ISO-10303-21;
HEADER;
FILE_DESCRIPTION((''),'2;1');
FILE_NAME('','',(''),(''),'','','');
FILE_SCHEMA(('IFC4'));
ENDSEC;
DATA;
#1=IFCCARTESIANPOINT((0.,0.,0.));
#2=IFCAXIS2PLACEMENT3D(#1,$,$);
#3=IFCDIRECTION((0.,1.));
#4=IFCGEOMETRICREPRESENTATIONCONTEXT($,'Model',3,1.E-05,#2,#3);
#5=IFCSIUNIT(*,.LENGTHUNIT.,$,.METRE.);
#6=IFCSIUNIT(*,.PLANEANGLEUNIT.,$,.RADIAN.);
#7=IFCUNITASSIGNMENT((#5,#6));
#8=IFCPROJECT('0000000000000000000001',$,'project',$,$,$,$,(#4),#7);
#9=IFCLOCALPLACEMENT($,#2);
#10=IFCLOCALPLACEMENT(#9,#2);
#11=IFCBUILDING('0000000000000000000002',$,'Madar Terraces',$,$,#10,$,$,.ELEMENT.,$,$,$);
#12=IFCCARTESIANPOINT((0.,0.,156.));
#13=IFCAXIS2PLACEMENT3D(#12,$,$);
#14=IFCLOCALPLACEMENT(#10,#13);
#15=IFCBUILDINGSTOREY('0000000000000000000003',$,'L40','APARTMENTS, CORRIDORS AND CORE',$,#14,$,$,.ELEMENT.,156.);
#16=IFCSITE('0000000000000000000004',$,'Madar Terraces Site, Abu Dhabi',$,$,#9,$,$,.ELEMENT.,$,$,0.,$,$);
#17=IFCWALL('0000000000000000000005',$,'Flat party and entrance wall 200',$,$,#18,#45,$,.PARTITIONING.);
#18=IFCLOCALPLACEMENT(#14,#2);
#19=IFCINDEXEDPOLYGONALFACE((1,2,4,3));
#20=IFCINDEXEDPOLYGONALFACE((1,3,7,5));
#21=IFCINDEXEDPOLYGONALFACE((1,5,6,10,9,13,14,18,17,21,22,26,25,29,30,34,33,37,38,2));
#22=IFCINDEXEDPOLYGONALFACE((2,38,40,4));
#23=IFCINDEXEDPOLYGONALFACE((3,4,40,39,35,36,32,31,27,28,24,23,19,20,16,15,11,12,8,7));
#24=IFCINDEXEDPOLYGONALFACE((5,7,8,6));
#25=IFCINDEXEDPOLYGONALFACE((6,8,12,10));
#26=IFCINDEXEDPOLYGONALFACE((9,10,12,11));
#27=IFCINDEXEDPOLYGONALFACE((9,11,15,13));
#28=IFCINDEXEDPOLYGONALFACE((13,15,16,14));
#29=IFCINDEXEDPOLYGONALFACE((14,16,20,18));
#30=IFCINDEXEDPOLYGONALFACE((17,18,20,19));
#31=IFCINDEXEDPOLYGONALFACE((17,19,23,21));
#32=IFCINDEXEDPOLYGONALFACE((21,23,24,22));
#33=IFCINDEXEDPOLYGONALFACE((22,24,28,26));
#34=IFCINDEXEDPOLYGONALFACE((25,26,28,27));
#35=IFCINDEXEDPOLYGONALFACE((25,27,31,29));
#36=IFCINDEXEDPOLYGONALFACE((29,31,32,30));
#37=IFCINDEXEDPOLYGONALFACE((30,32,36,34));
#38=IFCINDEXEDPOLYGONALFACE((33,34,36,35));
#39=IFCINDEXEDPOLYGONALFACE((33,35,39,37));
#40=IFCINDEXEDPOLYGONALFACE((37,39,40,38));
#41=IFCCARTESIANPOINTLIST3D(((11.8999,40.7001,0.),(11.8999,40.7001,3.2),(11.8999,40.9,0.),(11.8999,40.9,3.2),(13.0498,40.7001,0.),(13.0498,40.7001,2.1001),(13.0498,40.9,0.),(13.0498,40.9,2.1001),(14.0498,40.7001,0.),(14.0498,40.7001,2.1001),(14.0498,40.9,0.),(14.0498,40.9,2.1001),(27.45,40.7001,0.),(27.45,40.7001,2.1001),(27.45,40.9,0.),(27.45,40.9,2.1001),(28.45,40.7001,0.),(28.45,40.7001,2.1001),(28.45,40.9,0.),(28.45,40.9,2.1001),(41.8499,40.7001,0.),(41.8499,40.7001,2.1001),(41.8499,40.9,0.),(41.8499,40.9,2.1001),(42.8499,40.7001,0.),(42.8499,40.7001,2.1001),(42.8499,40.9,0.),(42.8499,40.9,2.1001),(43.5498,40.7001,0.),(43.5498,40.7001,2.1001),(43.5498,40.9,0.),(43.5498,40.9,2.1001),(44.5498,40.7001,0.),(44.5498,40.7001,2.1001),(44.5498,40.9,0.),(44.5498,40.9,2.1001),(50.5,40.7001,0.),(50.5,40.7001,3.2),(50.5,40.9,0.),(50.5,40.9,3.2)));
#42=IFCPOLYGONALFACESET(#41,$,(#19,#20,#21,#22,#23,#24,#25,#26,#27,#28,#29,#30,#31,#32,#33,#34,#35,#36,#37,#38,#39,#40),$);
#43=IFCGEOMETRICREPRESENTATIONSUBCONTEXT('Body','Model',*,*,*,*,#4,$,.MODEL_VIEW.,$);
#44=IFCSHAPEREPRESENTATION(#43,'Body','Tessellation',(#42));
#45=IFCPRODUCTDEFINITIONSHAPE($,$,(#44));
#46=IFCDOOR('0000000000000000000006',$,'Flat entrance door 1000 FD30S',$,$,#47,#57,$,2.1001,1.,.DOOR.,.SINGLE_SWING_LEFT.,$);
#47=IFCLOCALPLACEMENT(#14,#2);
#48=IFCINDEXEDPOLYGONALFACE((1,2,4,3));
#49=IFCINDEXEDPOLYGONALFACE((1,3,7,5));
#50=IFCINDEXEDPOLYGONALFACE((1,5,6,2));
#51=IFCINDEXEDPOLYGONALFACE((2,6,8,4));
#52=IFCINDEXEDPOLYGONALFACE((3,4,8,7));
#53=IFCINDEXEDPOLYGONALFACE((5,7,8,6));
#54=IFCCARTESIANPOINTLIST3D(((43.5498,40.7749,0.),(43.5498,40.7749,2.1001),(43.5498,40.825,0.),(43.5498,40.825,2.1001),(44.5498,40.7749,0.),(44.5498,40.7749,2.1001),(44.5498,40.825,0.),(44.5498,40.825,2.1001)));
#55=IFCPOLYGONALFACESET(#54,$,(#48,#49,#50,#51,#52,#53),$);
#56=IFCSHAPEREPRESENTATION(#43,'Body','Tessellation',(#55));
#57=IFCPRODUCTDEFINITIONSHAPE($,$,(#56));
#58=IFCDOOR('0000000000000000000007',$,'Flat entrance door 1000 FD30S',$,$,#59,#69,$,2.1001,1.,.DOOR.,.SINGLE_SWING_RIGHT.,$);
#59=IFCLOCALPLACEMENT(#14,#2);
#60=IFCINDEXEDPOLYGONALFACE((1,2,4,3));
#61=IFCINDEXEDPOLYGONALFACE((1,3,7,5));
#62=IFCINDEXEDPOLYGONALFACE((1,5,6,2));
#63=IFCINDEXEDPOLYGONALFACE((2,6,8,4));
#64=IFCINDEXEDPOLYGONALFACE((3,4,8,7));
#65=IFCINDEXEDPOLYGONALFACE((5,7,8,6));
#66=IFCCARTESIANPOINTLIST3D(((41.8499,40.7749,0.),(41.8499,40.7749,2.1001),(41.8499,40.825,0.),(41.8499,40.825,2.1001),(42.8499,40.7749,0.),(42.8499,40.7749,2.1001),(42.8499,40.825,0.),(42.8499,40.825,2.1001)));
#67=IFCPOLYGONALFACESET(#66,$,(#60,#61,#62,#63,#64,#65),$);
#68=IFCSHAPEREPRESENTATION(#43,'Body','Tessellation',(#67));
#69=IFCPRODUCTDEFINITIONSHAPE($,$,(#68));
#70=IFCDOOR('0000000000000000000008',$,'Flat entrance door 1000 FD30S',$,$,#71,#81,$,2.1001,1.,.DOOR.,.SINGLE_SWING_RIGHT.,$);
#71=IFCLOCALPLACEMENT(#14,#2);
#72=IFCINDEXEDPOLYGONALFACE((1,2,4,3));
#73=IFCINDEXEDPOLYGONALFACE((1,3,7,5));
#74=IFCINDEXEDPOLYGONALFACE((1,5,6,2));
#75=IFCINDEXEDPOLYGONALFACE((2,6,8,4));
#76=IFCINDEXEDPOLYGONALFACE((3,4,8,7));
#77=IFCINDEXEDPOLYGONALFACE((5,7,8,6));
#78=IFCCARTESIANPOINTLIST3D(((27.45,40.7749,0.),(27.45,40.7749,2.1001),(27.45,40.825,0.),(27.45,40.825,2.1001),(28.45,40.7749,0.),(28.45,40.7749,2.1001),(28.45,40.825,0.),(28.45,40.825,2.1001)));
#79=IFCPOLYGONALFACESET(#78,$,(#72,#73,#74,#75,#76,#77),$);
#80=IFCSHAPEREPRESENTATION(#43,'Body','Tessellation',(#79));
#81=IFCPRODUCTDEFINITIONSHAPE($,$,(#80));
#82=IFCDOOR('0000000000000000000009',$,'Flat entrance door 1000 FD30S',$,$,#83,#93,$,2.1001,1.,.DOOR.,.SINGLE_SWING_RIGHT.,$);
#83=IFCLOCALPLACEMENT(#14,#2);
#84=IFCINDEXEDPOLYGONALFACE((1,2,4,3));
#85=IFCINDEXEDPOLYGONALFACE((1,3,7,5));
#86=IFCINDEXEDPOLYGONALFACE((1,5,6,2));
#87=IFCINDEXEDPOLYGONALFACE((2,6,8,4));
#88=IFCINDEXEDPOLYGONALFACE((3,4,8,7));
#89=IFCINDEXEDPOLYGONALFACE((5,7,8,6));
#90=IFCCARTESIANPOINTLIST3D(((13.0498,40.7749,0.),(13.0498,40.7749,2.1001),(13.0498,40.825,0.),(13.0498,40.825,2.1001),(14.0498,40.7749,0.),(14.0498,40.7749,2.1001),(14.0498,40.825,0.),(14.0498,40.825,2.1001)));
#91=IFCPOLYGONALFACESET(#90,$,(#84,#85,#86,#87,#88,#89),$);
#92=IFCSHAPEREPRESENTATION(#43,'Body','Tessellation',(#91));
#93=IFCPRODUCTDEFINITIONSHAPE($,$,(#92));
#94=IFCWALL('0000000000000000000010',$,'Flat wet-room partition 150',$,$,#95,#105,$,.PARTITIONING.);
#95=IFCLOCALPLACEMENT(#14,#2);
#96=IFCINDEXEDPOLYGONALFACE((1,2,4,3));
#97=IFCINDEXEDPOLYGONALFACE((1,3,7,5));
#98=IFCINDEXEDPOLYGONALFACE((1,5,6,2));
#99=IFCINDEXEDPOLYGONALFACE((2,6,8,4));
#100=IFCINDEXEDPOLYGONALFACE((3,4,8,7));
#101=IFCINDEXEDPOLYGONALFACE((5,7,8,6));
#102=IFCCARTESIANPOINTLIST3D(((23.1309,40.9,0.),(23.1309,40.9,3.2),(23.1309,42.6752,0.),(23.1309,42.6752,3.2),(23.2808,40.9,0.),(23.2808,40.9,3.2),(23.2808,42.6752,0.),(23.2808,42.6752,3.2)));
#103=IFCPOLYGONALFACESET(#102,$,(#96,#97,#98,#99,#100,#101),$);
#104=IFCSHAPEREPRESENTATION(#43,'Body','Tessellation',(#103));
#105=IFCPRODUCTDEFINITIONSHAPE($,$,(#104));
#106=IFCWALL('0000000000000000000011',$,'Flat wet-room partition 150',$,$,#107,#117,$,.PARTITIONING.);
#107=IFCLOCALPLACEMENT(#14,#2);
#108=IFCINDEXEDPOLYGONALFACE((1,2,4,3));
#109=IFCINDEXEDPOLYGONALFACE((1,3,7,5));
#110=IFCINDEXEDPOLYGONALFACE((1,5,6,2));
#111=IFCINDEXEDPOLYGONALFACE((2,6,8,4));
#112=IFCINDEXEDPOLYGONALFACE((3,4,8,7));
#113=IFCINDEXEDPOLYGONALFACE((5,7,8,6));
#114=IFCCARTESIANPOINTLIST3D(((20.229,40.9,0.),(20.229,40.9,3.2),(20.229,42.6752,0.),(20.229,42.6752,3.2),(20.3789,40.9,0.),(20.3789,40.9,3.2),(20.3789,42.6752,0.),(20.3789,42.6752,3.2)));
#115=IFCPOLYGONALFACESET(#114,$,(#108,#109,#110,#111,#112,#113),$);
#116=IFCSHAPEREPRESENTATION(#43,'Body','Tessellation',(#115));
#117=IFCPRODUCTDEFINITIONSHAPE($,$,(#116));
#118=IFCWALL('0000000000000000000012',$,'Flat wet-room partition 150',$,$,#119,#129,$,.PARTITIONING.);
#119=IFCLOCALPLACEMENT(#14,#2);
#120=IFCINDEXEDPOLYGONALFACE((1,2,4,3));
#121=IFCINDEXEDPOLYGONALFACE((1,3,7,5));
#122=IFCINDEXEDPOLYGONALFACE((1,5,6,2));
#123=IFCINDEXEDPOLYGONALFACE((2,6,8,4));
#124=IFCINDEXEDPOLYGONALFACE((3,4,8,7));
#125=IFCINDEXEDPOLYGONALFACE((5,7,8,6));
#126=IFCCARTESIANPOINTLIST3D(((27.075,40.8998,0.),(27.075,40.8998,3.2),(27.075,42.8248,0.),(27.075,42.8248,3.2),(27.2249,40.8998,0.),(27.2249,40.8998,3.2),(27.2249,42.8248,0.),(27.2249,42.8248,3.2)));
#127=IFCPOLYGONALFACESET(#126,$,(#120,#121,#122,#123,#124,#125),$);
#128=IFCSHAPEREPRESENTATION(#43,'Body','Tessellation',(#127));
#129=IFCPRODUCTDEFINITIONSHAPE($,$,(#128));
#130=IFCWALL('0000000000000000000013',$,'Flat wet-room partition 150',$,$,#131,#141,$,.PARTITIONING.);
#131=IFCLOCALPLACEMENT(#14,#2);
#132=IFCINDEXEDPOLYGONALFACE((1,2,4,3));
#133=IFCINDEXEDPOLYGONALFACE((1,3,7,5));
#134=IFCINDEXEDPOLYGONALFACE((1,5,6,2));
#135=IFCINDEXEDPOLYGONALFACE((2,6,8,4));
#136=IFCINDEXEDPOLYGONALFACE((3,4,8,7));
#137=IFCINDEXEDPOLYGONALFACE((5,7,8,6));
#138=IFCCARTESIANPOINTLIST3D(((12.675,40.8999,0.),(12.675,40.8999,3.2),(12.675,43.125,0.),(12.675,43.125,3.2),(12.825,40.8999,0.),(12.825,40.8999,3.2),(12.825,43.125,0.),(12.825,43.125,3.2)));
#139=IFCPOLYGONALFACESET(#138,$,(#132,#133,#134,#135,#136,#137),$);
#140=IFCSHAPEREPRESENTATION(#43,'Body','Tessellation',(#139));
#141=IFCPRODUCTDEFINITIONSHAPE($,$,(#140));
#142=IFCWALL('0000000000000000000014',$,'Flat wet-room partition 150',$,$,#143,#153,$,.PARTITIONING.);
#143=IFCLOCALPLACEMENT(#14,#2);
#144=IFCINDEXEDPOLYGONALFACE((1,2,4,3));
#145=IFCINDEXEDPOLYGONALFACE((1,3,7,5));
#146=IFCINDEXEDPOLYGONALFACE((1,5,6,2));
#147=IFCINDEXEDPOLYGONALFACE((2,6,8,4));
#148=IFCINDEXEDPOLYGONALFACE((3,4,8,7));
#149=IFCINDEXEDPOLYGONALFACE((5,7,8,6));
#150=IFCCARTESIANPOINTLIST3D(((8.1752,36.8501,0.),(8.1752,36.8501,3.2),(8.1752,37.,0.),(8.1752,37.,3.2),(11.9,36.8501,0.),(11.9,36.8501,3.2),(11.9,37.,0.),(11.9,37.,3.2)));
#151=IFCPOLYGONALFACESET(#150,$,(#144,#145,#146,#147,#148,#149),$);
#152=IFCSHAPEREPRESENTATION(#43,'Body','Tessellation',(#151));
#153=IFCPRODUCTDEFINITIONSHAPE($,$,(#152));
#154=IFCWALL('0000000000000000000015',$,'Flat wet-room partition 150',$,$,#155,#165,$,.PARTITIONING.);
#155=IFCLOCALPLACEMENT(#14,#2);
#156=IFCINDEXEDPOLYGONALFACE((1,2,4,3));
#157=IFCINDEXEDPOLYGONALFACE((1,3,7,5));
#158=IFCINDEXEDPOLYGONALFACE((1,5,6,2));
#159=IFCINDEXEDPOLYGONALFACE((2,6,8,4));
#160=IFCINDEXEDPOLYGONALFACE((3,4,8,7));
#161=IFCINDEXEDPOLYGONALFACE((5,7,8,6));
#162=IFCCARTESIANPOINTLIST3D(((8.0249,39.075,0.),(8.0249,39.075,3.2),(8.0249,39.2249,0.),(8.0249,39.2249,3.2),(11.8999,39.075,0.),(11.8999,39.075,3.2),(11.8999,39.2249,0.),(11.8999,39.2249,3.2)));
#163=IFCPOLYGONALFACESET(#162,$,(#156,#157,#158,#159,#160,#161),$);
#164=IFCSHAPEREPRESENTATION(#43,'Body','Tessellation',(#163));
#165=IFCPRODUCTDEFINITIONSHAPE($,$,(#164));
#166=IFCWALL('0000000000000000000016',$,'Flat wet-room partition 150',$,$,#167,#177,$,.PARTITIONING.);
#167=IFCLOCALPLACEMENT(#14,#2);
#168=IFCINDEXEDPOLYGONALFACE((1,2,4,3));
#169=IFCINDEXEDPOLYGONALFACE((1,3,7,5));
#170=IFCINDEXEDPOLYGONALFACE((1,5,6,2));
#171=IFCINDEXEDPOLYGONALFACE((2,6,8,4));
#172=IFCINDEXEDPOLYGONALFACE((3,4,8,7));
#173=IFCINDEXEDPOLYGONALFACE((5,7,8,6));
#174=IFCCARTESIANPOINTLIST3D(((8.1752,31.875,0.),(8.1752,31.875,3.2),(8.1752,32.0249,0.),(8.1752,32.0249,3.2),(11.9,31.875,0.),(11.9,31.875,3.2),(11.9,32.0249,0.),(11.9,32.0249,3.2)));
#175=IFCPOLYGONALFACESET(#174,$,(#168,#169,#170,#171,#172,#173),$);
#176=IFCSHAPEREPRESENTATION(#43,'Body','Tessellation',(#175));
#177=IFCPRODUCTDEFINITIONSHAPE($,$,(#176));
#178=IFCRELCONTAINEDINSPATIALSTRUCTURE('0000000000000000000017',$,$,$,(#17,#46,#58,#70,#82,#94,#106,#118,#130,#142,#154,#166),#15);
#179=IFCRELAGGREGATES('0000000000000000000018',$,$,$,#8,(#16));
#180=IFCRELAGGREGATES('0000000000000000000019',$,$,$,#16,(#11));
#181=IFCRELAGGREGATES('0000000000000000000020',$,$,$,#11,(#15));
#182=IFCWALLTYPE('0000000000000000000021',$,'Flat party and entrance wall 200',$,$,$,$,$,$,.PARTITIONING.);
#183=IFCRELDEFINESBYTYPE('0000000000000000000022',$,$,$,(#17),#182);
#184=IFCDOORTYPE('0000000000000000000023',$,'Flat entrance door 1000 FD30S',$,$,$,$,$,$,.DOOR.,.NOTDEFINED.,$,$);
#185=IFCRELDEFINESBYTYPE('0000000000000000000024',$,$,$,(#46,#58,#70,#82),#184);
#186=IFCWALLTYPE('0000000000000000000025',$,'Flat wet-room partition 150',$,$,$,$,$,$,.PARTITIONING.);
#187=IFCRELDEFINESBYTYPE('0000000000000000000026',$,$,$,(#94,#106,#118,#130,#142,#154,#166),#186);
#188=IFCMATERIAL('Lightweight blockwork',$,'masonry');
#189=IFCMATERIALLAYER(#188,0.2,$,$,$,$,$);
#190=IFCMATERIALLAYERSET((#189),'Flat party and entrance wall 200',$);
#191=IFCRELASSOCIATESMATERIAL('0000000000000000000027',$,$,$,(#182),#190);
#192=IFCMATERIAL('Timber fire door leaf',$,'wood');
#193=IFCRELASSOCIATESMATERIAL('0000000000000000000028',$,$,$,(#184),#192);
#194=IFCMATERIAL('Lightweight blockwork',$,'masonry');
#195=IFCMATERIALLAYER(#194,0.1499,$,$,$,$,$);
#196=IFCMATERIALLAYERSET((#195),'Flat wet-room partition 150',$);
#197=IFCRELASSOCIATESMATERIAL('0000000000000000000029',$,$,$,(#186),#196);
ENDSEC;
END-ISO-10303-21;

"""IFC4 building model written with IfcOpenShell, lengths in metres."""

from ifc_helpers import new_model, si_unit, direction, frame, frame_2d, origin, place, context, subcontext, project, spatial, rectangle, extrude, material, layer, layer_set, type_object, element, fill, save


model = new_model("IFC4")

# Units and contexts
model_context = context("Model", 3, precision=1e-05, world=origin(), true_north=direction((0.0, 1.0)))
body_context = subcontext(model_context, "Body", "Model", "MODEL_VIEW")
ifc_project = project(units=[si_unit("LENGTHUNIT", "METRE"), si_unit("PLANEANGLEUNIT", "RADIAN")], contexts=[model_context])

# Site, building, storey
site_placement = place(None, origin())
site = spatial("IfcSite", under=ifc_project, at=site_placement, Name="Madar Terraces Site, Abu Dhabi", CompositionType="ELEMENT", RefElevation=0.0)
building_placement = place(site_placement, origin())
building = spatial("IfcBuilding", under=site, at=building_placement, Name="Madar Terraces", CompositionType="ELEMENT")
storey_placement = place(building_placement, frame((0.0, 0.0, 156.0)))
storey = spatial("IfcBuildingStorey", under=building, at=storey_placement, Name="L40", Description="APARTMENTS, CORRIDORS AND CORE", CompositionType="ELEMENT", Elevation=156.0)

# Wall, openings, doors
ifc_material_1 = material(Name="Lightweight blockwork", Category="masonry")
ifc_layer_1 = layer(ifc_material_1, 0.2)
ifc_layer_set_1 = layer_set([ifc_layer_1], Name="Flat party and entrance wall 200")
wall_type_1 = type_object("IfcWallType", Name="Flat party and entrance wall 200", PredefinedType="PARTITIONING", material=ifc_layer_set_1)
wall_1_placement = place(storey_placement, frame((11.8999, 40.8, 0.0), z_axis=(0.0, 0.0, 1.0), x_axis=(1.0, 0.0, 0.0)))
wall_1 = element("IfcWall", 1, at=wall_1_placement, inside=storey, type_object=wall_type_1, Name="Flat party and entrance wall 200", PredefinedType="PARTITIONING", context=body_context, shape_type="SweptSolid", body=[
    extrude(rectangle(XDim=38.6001, YDim=0.2, at=frame_2d((19.3, 0.0))), origin(), (0.0, 0.0, 1.0), 3.2),
])
opening_1_placement = place(wall_1_placement, frame((31.6499, 0.0, 0.0)))
opening_1 = element("IfcOpeningElement", 2, at=opening_1_placement, cuts=wall_1, PredefinedType="OPENING", context=body_context, shape_type="SweptSolid", body=[
    extrude(rectangle(XDim=1.0, YDim=2.1001, at=frame_2d((0.5, 1.05))), frame((0.0, 0.1099, 0.0), z_axis=(0.0, -1.0, 0.0), x_axis=(1.0, 0.0, 0.0)), (0.0, 0.0, 1.0), 0.22),
])
opening_2_placement = place(wall_1_placement, frame((29.95, 0.0, 0.0)))
opening_2 = element("IfcOpeningElement", 3, at=opening_2_placement, cuts=wall_1, PredefinedType="OPENING", context=body_context, shape_type="SweptSolid", body=[
    extrude(rectangle(XDim=1.0, YDim=2.1001, at=frame_2d((0.5, 1.05))), frame((0.0, 0.1099, 0.0), z_axis=(0.0, -1.0, 0.0), x_axis=(1.0, 0.0, 0.0)), (0.0, 0.0, 1.0), 0.22),
])
opening_3_placement = place(wall_1_placement, frame((15.55, 0.0, 0.0)))
opening_3 = element("IfcOpeningElement", 4, at=opening_3_placement, cuts=wall_1, PredefinedType="OPENING", context=body_context, shape_type="SweptSolid", body=[
    extrude(rectangle(XDim=1.0, YDim=2.1001, at=frame_2d((0.5, 1.05))), frame((0.0, 0.1099, 0.0), z_axis=(0.0, -1.0, 0.0), x_axis=(1.0, 0.0, 0.0)), (0.0, 0.0, 1.0), 0.22),
])
opening_4_placement = place(wall_1_placement, frame((1.1499, 0.0, 0.0)))
opening_4 = element("IfcOpeningElement", 5, at=opening_4_placement, cuts=wall_1, PredefinedType="OPENING", context=body_context, shape_type="SweptSolid", body=[
    extrude(rectangle(XDim=1.0, YDim=2.1001, at=frame_2d((0.5, 1.05))), frame((0.0, 0.1099, 0.0), z_axis=(0.0, -1.0, 0.0), x_axis=(1.0, 0.0, 0.0)), (0.0, 0.0, 1.0), 0.22),
])
ifc_material_2 = material(Name="Timber fire door leaf", Category="wood")
door_type_1 = type_object("IfcDoorType", Name="Flat entrance door 1000 FD30S", OperationType="NOTDEFINED", PredefinedType="DOOR", material=ifc_material_2)
door_1_placement = place(opening_1_placement, origin())
door_1 = element("IfcDoor", 6, at=door_1_placement, inside=storey, type_object=door_type_1, Name="Flat entrance door 1000 FD30S", OperationType="SINGLE_SWING_LEFT", OverallHeight=2.1001, OverallWidth=1.0, PredefinedType="DOOR", context=body_context, shape_type="SweptSolid", body=[
    extrude(rectangle(XDim=1.0, YDim=2.1001, at=frame_2d((0.5, 1.05))), frame((0.0, 0.0249, 0.0), z_axis=(0.0, -1.0, 0.0), x_axis=(1.0, 0.0, 0.0)), (0.0, 0.0, 1.0), 0.05),
])
fill(opening_1, door_1)
door_2_placement = place(opening_2_placement, origin())
door_2 = element("IfcDoor", 7, at=door_2_placement, inside=storey, type_object=door_type_1, Name="Flat entrance door 1000 FD30S", OperationType="SINGLE_SWING_RIGHT", OverallHeight=2.1001, OverallWidth=1.0, PredefinedType="DOOR", context=body_context, shape_type="SweptSolid", body=[
    extrude(rectangle(XDim=1.0, YDim=2.1001, at=frame_2d((0.5, 1.05))), frame((0.0, 0.0249, 0.0), z_axis=(0.0, -1.0, 0.0), x_axis=(1.0, 0.0, 0.0)), (0.0, 0.0, 1.0), 0.05),
])
fill(opening_2, door_2)
door_3_placement = place(opening_3_placement, origin())
door_3 = element("IfcDoor", 8, at=door_3_placement, inside=storey, type_object=door_type_1, Name="Flat entrance door 1000 FD30S", OperationType="SINGLE_SWING_RIGHT", OverallHeight=2.1001, OverallWidth=1.0, PredefinedType="DOOR", context=body_context, shape_type="SweptSolid", body=[
    extrude(rectangle(XDim=1.0, YDim=2.1001, at=frame_2d((0.5, 1.05))), frame((0.0, 0.0249, 0.0), z_axis=(0.0, -1.0, 0.0), x_axis=(1.0, 0.0, 0.0)), (0.0, 0.0, 1.0), 0.05),
])
fill(opening_3, door_3)
door_4_placement = place(opening_4_placement, origin())
door_4 = element("IfcDoor", 9, at=door_4_placement, inside=storey, type_object=door_type_1, Name="Flat entrance door 1000 FD30S", OperationType="SINGLE_SWING_RIGHT", OverallHeight=2.1001, OverallWidth=1.0, PredefinedType="DOOR", context=body_context, shape_type="SweptSolid", body=[
    extrude(rectangle(XDim=1.0, YDim=2.1001, at=frame_2d((0.5, 1.05))), frame((0.0, 0.0249, 0.0), z_axis=(0.0, -1.0, 0.0), x_axis=(1.0, 0.0, 0.0)), (0.0, 0.0, 1.0), 0.05),
])
fill(opening_4, door_4)

# Walls
ifc_material_3 = material(Name="Lightweight blockwork", Category="masonry")
ifc_layer_2 = layer(ifc_material_3, 0.1499)
ifc_layer_set_2 = layer_set([ifc_layer_2], Name="Flat wet-room partition 150")
wall_type_2 = type_object("IfcWallType", Name="Flat wet-room partition 150", PredefinedType="PARTITIONING", material=ifc_layer_set_2)
for number, where, z_axis, x_axis, name in (
    (10, (23.2058, 40.8999, 0.0), (0.0, 0.0, 1.0), (0.0, 1.0, 0.0), "Flat wet-room partition 150"),
    (11, (20.304, 40.8999, 0.0), (0.0, 0.0, 1.0), (0.0, 1.0, 0.0), "Flat wet-room partition 150"),
):
    element("IfcWall", number, at=place(storey_placement, frame(where, z_axis=z_axis, x_axis=x_axis)), inside=storey, type_object=wall_type_2, Name=name, PredefinedType="PARTITIONING", context=body_context, shape_type="SweptSolid", body=[
        extrude(rectangle(XDim=1.7751, YDim=0.1499, at=frame_2d((0.8877, 0.0))), origin(), (0.0, 0.0, 1.0), 3.2),
    ])
wall_2_placement = place(storey_placement, frame((27.1499, 40.8999, 0.0), z_axis=(0.0, 0.0, 1.0), x_axis=(0.0, 1.0, 0.0)))
element("IfcWall", 12, at=wall_2_placement, inside=storey, type_object=wall_type_2, Name="Flat wet-room partition 150", PredefinedType="PARTITIONING", context=body_context, shape_type="SweptSolid", body=[
    extrude(rectangle(XDim=1.925, YDim=0.1499, at=frame_2d((0.9624, 0.0))), origin(), (0.0, 0.0, 1.0), 3.2),
])
wall_3_placement = place(storey_placement, frame((12.75, 40.8999, 0.0), z_axis=(0.0, 0.0, 1.0), x_axis=(0.0, 1.0, 0.0)))
element("IfcWall", 13, at=wall_3_placement, inside=storey, type_object=wall_type_2, Name="Flat wet-room partition 150", PredefinedType="PARTITIONING", context=body_context, shape_type="SweptSolid", body=[
    extrude(rectangle(XDim=2.2251, YDim=0.1499, at=frame_2d((1.1125, 0.0))), origin(), (0.0, 0.0, 1.0), 3.2),
])
wall_4_placement = place(storey_placement, frame((11.8999, 36.925, 0.0), z_axis=(0.0, 0.0, 1.0), x_axis=(-1.0, 0.0, 0.0)))
element("IfcWall", 14, at=wall_4_placement, inside=storey, type_object=wall_type_2, Name="Flat wet-room partition 150", PredefinedType="PARTITIONING", context=body_context, shape_type="SweptSolid", body=[
    extrude(rectangle(XDim=3.7249, YDim=0.1499, at=frame_2d((1.8623, 0.0))), origin(), (0.0, 0.0, 1.0), 3.2),
])
wall_5_placement = place(storey_placement, frame((11.8999, 39.1499, 0.0), z_axis=(0.0, 0.0, 1.0), x_axis=(-1.0, 0.0, 0.0)))
element("IfcWall", 15, at=wall_5_placement, inside=storey, type_object=wall_type_2, Name="Flat wet-room partition 150", PredefinedType="PARTITIONING", context=body_context, shape_type="SweptSolid", body=[
    extrude(rectangle(XDim=3.875, YDim=0.1499, at=frame_2d((1.9375, 0.0))), origin(), (0.0, 0.0, 1.0), 3.2),
])
wall_6_placement = place(storey_placement, frame((11.8999, 31.95, 0.0), z_axis=(0.0, 0.0, 1.0), x_axis=(-1.0, 0.0, 0.0)))
element("IfcWall", 16, at=wall_6_placement, inside=storey, type_object=wall_type_2, Name="Flat wet-room partition 150", PredefinedType="PARTITIONING", context=body_context, shape_type="SweptSolid", body=[
    extrude(rectangle(XDim=3.7249, YDim=0.1499, at=frame_2d((1.8623, 0.0))), origin(), (0.0, 0.0, 1.0), 3.2),
])

save(model, "model.ifc")
